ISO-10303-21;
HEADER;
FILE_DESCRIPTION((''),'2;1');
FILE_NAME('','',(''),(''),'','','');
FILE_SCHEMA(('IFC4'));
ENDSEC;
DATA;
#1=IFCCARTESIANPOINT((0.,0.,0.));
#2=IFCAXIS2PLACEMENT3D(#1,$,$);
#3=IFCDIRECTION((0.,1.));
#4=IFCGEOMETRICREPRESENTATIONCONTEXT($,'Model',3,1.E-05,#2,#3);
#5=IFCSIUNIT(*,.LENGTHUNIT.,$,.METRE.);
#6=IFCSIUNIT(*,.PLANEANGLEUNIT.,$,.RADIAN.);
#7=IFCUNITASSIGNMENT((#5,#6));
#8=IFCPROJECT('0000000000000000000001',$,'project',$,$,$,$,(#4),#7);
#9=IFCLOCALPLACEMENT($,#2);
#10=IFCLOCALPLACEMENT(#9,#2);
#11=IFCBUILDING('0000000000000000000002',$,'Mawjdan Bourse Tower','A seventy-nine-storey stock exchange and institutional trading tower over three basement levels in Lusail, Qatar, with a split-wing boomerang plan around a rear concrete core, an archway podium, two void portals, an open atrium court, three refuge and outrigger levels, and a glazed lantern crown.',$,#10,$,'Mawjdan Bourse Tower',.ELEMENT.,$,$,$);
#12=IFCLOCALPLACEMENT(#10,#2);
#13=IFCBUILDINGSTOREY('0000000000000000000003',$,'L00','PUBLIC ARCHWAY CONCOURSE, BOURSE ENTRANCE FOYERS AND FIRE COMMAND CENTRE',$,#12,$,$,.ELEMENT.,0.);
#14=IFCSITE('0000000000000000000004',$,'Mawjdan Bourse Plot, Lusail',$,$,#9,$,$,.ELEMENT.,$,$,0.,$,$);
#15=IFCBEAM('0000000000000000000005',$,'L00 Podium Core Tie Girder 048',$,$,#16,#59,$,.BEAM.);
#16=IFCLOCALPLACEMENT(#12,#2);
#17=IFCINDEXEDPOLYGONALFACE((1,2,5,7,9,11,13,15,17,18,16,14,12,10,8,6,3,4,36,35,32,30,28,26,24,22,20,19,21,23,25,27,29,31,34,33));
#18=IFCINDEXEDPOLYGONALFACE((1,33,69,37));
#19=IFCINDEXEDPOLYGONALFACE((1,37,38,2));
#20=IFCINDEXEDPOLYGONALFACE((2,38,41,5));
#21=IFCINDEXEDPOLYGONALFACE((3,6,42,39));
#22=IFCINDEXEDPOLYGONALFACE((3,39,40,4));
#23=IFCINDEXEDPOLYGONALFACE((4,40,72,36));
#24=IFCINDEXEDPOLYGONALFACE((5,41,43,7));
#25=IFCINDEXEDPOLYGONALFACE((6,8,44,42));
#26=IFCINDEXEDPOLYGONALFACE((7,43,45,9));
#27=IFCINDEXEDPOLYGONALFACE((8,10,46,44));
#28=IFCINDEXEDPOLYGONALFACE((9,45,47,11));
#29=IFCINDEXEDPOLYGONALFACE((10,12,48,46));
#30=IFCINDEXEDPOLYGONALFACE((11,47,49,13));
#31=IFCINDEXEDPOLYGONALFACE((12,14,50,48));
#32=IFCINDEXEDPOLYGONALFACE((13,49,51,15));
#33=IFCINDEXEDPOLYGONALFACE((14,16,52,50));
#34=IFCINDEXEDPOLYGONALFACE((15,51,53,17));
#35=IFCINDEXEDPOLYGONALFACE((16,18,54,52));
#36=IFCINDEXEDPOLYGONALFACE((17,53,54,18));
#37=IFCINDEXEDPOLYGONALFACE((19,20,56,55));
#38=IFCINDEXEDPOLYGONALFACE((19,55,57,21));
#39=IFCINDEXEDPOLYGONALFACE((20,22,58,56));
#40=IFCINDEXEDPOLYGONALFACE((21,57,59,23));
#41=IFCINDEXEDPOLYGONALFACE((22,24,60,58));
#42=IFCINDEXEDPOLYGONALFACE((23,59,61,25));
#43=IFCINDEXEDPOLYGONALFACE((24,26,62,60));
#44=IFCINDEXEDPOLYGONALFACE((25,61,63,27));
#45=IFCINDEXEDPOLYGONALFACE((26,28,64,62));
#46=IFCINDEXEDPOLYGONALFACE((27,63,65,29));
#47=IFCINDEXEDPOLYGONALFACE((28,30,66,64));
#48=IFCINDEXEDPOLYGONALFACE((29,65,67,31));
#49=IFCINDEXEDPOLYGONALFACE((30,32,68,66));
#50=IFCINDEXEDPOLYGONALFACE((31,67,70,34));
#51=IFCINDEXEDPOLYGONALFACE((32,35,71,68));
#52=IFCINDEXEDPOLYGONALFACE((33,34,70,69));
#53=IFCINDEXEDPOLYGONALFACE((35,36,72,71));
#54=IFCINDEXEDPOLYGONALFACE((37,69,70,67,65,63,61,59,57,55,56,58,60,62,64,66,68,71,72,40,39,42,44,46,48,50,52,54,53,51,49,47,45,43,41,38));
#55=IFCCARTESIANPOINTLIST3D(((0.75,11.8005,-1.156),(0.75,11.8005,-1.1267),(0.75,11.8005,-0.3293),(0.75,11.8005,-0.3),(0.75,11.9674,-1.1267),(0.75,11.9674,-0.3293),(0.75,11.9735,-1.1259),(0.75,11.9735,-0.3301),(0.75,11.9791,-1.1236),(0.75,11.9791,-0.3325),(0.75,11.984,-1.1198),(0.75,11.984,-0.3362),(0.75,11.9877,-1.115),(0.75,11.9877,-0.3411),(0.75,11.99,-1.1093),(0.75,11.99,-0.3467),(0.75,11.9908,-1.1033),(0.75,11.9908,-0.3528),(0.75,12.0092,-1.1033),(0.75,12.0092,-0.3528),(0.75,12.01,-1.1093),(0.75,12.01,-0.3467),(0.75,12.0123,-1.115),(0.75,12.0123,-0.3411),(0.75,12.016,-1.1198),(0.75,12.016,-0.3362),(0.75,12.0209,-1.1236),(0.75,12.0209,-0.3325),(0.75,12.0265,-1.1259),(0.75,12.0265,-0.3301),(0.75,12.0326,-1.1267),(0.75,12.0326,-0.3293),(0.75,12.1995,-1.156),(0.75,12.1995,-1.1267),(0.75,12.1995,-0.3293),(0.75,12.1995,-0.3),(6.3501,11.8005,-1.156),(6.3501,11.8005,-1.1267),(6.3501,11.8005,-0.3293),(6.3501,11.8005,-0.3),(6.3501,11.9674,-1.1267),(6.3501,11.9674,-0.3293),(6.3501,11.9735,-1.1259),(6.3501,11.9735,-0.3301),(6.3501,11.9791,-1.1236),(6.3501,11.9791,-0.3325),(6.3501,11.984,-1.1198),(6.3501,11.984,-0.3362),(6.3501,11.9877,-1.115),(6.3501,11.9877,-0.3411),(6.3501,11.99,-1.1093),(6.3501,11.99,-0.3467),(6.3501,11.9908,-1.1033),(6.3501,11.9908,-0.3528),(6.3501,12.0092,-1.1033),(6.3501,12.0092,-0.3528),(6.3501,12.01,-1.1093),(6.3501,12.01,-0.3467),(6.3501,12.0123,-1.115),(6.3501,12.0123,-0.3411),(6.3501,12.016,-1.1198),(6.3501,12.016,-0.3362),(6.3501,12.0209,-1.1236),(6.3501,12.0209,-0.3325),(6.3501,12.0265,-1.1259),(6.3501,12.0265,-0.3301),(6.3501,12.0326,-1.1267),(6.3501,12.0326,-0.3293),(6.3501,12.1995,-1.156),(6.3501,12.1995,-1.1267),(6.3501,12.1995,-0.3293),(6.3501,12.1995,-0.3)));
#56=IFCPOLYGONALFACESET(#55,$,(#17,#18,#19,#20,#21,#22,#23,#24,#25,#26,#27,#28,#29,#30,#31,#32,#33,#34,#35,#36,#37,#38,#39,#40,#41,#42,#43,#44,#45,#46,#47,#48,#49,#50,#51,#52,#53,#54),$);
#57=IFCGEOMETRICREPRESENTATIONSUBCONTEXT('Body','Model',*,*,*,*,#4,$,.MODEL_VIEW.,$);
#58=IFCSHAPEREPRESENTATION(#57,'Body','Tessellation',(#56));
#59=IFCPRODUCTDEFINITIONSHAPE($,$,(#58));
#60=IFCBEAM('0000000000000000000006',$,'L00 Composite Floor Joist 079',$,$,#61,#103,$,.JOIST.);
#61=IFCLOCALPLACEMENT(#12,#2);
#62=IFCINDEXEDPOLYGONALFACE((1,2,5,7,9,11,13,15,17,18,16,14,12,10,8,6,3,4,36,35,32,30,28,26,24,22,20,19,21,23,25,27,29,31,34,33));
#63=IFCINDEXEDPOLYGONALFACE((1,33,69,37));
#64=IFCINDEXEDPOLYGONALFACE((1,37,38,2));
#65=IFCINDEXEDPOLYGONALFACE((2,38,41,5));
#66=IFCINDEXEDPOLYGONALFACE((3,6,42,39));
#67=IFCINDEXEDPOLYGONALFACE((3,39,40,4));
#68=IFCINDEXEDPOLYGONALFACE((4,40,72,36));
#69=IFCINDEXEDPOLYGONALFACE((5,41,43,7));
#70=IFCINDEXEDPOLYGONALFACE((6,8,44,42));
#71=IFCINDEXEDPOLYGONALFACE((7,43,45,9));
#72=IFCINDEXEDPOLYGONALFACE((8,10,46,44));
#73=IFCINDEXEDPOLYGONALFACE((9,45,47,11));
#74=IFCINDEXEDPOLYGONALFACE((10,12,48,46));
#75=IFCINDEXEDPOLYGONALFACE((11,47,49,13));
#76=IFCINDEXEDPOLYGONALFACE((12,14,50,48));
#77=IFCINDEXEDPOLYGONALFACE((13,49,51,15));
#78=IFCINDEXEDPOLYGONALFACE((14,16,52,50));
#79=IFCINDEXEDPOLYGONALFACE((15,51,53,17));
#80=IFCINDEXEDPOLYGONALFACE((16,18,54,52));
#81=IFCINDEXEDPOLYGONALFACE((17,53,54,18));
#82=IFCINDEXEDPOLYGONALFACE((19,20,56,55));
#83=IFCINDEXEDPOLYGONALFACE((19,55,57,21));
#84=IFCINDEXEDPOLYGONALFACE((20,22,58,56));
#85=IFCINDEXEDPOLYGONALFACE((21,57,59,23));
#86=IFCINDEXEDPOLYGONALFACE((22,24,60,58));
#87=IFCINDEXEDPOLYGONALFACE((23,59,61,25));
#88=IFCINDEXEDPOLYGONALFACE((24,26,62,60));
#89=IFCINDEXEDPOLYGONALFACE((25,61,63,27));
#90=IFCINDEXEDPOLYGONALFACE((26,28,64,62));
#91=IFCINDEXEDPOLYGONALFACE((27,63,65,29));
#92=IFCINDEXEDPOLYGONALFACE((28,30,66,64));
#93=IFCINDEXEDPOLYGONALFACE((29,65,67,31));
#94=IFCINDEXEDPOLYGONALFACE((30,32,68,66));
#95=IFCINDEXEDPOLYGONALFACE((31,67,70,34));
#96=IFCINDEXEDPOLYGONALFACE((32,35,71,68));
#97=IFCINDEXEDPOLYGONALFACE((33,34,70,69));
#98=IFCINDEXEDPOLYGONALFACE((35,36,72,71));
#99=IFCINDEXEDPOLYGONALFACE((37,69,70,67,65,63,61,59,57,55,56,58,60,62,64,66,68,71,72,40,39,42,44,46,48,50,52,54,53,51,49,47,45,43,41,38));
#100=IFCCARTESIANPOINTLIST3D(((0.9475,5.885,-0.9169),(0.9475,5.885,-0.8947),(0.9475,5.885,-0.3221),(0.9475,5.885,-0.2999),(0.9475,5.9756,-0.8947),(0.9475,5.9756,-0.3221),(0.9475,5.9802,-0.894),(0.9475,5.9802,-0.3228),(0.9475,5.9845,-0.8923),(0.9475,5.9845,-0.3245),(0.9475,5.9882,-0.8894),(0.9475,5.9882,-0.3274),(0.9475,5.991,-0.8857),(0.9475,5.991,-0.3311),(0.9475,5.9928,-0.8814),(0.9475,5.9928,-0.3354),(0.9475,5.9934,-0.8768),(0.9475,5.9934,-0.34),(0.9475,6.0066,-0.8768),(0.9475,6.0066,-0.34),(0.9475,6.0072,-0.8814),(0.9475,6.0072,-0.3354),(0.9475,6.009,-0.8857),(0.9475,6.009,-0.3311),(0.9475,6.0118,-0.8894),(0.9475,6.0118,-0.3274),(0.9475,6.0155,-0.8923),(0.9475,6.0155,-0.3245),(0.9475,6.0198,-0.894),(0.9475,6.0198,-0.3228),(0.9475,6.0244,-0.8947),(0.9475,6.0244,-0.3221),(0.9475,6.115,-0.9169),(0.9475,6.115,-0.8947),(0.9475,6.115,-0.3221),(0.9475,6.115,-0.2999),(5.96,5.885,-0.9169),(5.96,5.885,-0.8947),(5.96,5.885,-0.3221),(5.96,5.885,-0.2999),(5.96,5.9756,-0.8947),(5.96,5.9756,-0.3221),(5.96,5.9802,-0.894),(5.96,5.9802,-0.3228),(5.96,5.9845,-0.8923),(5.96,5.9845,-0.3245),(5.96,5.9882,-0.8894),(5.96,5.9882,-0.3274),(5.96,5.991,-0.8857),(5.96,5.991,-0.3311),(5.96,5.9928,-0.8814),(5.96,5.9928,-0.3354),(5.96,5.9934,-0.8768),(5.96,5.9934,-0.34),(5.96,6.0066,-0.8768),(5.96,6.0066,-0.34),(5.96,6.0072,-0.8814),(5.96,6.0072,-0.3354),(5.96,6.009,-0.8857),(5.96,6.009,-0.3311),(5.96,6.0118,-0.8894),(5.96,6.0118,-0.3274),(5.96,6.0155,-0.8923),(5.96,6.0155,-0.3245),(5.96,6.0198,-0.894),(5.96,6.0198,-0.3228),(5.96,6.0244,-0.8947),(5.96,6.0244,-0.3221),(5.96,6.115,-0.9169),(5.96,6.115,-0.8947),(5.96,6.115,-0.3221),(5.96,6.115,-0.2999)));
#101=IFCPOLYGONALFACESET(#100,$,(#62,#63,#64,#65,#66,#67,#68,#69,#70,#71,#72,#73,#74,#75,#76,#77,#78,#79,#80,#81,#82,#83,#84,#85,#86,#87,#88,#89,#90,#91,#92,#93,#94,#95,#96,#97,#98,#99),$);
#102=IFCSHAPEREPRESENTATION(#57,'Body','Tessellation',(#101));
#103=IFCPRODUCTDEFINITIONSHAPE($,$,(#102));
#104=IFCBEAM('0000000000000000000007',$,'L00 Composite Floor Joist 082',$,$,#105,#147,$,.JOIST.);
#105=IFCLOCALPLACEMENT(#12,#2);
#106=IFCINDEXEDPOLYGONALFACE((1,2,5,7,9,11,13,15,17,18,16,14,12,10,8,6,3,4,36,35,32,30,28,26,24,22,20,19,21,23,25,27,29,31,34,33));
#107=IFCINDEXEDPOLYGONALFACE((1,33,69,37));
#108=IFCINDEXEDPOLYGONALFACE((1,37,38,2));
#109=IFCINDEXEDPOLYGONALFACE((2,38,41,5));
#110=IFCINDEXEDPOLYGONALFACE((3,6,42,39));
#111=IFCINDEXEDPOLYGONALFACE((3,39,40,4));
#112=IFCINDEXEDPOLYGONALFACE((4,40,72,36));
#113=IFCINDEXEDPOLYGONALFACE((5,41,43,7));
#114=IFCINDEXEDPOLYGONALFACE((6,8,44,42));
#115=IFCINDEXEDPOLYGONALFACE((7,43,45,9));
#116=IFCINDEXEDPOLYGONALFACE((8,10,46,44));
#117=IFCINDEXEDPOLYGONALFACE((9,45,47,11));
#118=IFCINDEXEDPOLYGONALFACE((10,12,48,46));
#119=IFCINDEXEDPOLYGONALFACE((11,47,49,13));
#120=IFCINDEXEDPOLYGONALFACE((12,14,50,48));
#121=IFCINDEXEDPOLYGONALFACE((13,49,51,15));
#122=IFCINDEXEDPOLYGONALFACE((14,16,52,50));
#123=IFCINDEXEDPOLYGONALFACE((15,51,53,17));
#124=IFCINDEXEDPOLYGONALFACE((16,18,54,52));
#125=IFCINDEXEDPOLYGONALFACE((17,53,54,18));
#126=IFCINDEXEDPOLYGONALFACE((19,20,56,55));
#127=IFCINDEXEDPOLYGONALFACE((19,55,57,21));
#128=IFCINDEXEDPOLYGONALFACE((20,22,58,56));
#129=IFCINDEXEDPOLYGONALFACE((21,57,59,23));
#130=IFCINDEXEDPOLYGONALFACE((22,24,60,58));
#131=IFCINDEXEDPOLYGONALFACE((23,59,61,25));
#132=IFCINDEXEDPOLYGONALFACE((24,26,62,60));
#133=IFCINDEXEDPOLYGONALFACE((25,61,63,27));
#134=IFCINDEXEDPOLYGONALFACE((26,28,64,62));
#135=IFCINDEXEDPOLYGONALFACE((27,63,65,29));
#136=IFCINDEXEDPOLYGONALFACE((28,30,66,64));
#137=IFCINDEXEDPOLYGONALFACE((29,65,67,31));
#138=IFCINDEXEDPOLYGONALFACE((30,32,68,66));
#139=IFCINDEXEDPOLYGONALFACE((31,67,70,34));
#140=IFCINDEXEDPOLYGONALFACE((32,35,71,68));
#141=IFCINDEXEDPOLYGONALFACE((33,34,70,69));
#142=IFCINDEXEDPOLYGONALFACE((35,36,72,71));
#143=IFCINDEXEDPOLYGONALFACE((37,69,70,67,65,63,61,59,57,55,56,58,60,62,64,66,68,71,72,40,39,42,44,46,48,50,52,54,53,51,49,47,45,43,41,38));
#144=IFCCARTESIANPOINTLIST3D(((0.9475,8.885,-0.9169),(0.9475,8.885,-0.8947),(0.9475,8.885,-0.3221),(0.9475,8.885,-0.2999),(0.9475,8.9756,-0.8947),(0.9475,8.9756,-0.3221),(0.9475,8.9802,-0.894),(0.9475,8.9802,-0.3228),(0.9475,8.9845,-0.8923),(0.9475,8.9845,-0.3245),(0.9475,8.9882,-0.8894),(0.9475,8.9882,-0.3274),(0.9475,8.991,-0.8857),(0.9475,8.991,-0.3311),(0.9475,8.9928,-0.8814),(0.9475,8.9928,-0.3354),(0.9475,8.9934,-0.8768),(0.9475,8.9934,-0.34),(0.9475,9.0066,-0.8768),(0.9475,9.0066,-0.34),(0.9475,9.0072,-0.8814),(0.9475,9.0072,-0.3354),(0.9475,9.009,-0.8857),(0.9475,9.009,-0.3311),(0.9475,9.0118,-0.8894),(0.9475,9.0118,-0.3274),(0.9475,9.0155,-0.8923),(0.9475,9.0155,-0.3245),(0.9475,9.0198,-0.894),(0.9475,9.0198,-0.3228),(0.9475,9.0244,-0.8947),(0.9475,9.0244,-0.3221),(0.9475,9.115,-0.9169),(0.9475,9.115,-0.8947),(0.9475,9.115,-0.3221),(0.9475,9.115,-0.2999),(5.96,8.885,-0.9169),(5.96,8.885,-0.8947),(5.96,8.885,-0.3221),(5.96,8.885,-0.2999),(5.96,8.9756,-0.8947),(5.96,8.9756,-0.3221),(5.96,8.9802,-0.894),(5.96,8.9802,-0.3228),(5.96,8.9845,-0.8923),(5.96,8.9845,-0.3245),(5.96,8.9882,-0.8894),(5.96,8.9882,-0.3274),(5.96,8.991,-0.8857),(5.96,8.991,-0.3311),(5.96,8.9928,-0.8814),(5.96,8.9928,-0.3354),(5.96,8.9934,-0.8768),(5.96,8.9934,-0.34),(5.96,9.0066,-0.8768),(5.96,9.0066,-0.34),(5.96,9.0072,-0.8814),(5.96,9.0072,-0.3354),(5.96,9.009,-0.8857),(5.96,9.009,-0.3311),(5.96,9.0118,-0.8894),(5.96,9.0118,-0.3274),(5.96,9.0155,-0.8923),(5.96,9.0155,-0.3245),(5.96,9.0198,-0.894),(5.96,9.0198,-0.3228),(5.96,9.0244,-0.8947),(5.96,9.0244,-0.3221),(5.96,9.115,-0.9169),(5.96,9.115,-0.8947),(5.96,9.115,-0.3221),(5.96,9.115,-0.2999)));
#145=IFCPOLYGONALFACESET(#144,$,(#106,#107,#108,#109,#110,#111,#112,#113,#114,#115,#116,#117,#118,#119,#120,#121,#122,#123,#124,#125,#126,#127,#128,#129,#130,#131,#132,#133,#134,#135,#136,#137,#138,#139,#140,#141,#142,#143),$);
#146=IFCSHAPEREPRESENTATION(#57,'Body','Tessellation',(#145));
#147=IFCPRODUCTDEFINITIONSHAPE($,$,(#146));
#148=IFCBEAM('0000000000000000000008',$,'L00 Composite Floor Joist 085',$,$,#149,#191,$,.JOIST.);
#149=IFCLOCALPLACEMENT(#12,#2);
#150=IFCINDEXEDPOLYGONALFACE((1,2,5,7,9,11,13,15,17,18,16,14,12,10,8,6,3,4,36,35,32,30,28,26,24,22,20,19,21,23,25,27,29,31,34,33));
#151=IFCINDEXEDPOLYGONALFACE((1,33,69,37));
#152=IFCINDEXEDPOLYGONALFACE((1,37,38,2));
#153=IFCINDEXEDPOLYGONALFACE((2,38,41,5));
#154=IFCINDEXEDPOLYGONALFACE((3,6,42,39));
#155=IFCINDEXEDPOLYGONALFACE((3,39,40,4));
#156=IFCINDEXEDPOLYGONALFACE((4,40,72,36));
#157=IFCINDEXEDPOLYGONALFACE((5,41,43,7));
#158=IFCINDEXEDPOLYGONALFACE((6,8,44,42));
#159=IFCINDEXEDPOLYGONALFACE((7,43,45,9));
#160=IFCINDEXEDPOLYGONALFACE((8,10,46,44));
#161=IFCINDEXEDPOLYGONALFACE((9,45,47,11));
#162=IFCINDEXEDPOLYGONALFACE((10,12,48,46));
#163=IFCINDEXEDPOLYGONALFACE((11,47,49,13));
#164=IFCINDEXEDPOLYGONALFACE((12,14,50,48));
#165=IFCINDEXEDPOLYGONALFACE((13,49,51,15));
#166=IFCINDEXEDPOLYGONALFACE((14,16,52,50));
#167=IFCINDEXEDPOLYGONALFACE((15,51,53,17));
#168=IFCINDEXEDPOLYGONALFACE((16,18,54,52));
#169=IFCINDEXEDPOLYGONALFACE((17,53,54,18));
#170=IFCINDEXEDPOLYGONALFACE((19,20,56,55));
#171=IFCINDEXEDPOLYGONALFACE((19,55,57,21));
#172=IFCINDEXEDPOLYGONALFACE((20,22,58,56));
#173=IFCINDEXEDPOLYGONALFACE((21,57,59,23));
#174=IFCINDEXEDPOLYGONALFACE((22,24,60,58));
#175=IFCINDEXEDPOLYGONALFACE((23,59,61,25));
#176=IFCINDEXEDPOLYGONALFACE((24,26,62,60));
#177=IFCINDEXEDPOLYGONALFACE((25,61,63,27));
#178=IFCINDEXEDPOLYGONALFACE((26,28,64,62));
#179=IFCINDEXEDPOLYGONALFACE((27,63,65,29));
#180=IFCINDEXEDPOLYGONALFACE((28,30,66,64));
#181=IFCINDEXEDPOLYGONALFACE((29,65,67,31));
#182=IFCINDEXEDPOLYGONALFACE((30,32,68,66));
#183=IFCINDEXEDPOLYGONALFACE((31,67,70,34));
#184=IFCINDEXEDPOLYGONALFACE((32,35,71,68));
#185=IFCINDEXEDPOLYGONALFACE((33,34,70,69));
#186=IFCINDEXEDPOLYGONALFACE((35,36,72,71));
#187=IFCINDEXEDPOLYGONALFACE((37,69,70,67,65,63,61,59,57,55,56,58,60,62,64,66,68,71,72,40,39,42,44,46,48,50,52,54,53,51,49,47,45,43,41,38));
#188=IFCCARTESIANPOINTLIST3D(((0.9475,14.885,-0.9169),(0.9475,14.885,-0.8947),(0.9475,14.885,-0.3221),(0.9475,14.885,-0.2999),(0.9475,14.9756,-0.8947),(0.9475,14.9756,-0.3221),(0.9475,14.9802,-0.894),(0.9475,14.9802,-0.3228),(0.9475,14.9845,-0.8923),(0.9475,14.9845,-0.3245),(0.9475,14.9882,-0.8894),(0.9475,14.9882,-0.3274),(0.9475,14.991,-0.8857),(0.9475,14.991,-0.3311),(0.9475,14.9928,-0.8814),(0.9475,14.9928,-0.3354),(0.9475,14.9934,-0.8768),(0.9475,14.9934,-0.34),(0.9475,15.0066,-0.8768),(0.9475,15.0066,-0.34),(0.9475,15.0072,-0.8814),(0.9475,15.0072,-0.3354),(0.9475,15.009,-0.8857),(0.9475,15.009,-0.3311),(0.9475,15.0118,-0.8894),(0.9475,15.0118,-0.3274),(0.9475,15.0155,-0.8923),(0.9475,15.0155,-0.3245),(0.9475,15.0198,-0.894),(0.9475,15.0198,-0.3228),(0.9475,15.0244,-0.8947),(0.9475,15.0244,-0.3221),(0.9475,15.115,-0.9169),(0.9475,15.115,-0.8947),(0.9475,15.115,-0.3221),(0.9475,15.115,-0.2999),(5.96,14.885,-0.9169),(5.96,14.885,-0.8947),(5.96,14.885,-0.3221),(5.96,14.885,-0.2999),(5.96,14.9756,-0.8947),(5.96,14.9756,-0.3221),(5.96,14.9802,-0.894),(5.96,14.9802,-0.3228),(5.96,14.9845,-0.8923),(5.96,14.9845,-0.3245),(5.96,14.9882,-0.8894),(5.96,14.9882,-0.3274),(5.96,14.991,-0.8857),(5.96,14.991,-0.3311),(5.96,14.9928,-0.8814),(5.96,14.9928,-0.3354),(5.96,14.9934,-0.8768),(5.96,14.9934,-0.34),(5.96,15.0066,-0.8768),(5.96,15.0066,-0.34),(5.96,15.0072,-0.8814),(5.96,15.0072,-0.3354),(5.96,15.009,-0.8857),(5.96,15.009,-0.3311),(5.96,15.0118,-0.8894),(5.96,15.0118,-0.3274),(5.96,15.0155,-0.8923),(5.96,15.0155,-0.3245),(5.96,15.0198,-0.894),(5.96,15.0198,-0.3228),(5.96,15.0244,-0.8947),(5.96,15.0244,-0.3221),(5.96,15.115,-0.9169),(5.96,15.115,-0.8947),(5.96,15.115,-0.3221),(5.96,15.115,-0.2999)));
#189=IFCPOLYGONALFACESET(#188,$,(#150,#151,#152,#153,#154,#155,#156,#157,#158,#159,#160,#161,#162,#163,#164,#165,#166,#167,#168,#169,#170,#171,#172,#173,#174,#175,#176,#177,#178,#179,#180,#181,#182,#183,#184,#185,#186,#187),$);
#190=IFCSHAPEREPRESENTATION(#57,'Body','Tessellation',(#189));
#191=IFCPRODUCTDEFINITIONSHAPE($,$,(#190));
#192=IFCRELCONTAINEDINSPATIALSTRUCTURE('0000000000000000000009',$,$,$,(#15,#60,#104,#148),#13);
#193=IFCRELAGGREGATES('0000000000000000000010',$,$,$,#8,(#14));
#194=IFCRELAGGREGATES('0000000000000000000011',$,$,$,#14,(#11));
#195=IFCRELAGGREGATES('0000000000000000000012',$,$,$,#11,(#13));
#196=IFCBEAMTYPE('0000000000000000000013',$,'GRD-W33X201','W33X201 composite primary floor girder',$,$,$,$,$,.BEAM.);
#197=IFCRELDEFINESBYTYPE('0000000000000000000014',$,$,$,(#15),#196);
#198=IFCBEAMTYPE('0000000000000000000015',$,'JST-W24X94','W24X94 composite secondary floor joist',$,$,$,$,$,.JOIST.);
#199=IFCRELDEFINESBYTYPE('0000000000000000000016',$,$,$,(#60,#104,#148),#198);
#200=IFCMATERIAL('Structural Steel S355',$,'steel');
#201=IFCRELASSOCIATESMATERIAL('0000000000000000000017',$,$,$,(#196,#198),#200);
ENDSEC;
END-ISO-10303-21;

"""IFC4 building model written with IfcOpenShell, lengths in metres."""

from ifc_helpers import new_model, si_unit, direction, frame, origin, origin_2d, place, context, subcontext, project, spatial, i_section, extrude, material, material_profile, profile_set, type_object, element, save


model = new_model("IFC4")

# Units and contexts
model_context = context("Model", 3, precision=1e-05, world=origin(), true_north=direction((0.0, 1.0)))
body_context = subcontext(model_context, "Body", "Model", "MODEL_VIEW")
ifc_project = project(units=[si_unit("LENGTHUNIT", "METRE"), si_unit("PLANEANGLEUNIT", "RADIAN")], contexts=[model_context])

# Site, building, storey
site_placement = place(None, origin())
site = spatial("IfcSite", under=ifc_project, at=site_placement, Name="Mawjdan Bourse Plot, Lusail", CompositionType="ELEMENT", RefElevation=0.0)
building_placement = place(site_placement, origin())
building = spatial("IfcBuilding", under=site, at=building_placement, Name="Mawjdan Bourse Tower", Description="A seventy-nine-storey stock exchange and institutional trading tower over three basement levels in Lusail, Qatar, with a split-wing boomerang plan around a rear concrete core, an archway podium, two void portals, an open atrium court, three refuge and outrigger levels, and a glazed lantern crown.", LongName="Mawjdan Bourse Tower", CompositionType="ELEMENT")
storey_placement = place(building_placement, origin())
storey = spatial("IfcBuildingStorey", under=building, at=storey_placement, Name="L00", Description="PUBLIC ARCHWAY CONCOURSE, BOURSE ENTRANCE FOYERS AND FIRE COMMAND CENTRE", CompositionType="ELEMENT", Elevation=0.0)

# Beams
ifc_material_1 = material(Name="Structural Steel S355", Category="steel")
ifc_material_profile_1 = material_profile(ifc_material_1, i_section(OverallWidth=0.3989, OverallDepth=0.856, WebThickness=0.0183, FlangeThickness=0.0293, FilletRadius=0.0234, at=origin_2d()), Name="W33X201")
ifc_profile_set_1 = profile_set([ifc_material_profile_1], Name="Structural Steel S355")
beam_type_1 = type_object("IfcBeamType", Name="GRD-W33X201", Description="W33X201 composite primary floor girder", PredefinedType="BEAM", material=ifc_profile_set_1)
beam_1_placement = place(storey_placement, frame((0.75, 12.0, -0.728), z_axis=(1.0, 0.0, 0.0), x_axis=(0.0, 1.0, 0.0)))
element("IfcBeam", 1, at=beam_1_placement, inside=storey, type_object=beam_type_1, Name="L00 Podium Core Tie Girder 048", PredefinedType="BEAM", context=body_context, shape_type="SweptSolid", body=[
    extrude(i_section(OverallWidth=0.3989, OverallDepth=0.856, WebThickness=0.0183, FlangeThickness=0.0293, FilletRadius=0.0234, at=origin_2d()), origin(), (0.0, 0.0, 1.0), 5.6001),
])
ifc_material_profile_2 = material_profile(ifc_material_1, i_section(OverallWidth=0.23, OverallDepth=0.6169, WebThickness=0.0132, FlangeThickness=0.0222, FilletRadius=0.0178, at=origin_2d()), Name="W24X94")
ifc_profile_set_2 = profile_set([ifc_material_profile_2], Name="Structural Steel S355")
beam_type_2 = type_object("IfcBeamType", Name="JST-W24X94", Description="W24X94 composite secondary floor joist", PredefinedType="JOIST", material=ifc_profile_set_2)
for number, where, z_axis, x_axis, name in (
    (2, (0.9475, 6.0, -0.6084), (1.0, 0.0, 0.0), (0.0, 1.0, 0.0), "L00 Composite Floor Joist 079"),
    (3, (0.9475, 9.0, -0.6084), (1.0, 0.0, 0.0), (0.0, 1.0, 0.0), "L00 Composite Floor Joist 082"),
    (4, (0.9475, 15.0, -0.6084), (1.0, 0.0, 0.0), (0.0, 1.0, 0.0), "L00 Composite Floor Joist 085"),
):
    element("IfcBeam", number, at=place(storey_placement, frame(where, z_axis=z_axis, x_axis=x_axis)), inside=storey, type_object=beam_type_2, Name=name, PredefinedType="JOIST", context=body_context, shape_type="SweptSolid", body=[
        extrude(i_section(OverallWidth=0.23, OverallDepth=0.6169, WebThickness=0.0132, FlangeThickness=0.0222, FilletRadius=0.0178, at=origin_2d()), origin(), (0.0, 0.0, 1.0), 5.0125),
    ])

save(model, "model.ifc")
